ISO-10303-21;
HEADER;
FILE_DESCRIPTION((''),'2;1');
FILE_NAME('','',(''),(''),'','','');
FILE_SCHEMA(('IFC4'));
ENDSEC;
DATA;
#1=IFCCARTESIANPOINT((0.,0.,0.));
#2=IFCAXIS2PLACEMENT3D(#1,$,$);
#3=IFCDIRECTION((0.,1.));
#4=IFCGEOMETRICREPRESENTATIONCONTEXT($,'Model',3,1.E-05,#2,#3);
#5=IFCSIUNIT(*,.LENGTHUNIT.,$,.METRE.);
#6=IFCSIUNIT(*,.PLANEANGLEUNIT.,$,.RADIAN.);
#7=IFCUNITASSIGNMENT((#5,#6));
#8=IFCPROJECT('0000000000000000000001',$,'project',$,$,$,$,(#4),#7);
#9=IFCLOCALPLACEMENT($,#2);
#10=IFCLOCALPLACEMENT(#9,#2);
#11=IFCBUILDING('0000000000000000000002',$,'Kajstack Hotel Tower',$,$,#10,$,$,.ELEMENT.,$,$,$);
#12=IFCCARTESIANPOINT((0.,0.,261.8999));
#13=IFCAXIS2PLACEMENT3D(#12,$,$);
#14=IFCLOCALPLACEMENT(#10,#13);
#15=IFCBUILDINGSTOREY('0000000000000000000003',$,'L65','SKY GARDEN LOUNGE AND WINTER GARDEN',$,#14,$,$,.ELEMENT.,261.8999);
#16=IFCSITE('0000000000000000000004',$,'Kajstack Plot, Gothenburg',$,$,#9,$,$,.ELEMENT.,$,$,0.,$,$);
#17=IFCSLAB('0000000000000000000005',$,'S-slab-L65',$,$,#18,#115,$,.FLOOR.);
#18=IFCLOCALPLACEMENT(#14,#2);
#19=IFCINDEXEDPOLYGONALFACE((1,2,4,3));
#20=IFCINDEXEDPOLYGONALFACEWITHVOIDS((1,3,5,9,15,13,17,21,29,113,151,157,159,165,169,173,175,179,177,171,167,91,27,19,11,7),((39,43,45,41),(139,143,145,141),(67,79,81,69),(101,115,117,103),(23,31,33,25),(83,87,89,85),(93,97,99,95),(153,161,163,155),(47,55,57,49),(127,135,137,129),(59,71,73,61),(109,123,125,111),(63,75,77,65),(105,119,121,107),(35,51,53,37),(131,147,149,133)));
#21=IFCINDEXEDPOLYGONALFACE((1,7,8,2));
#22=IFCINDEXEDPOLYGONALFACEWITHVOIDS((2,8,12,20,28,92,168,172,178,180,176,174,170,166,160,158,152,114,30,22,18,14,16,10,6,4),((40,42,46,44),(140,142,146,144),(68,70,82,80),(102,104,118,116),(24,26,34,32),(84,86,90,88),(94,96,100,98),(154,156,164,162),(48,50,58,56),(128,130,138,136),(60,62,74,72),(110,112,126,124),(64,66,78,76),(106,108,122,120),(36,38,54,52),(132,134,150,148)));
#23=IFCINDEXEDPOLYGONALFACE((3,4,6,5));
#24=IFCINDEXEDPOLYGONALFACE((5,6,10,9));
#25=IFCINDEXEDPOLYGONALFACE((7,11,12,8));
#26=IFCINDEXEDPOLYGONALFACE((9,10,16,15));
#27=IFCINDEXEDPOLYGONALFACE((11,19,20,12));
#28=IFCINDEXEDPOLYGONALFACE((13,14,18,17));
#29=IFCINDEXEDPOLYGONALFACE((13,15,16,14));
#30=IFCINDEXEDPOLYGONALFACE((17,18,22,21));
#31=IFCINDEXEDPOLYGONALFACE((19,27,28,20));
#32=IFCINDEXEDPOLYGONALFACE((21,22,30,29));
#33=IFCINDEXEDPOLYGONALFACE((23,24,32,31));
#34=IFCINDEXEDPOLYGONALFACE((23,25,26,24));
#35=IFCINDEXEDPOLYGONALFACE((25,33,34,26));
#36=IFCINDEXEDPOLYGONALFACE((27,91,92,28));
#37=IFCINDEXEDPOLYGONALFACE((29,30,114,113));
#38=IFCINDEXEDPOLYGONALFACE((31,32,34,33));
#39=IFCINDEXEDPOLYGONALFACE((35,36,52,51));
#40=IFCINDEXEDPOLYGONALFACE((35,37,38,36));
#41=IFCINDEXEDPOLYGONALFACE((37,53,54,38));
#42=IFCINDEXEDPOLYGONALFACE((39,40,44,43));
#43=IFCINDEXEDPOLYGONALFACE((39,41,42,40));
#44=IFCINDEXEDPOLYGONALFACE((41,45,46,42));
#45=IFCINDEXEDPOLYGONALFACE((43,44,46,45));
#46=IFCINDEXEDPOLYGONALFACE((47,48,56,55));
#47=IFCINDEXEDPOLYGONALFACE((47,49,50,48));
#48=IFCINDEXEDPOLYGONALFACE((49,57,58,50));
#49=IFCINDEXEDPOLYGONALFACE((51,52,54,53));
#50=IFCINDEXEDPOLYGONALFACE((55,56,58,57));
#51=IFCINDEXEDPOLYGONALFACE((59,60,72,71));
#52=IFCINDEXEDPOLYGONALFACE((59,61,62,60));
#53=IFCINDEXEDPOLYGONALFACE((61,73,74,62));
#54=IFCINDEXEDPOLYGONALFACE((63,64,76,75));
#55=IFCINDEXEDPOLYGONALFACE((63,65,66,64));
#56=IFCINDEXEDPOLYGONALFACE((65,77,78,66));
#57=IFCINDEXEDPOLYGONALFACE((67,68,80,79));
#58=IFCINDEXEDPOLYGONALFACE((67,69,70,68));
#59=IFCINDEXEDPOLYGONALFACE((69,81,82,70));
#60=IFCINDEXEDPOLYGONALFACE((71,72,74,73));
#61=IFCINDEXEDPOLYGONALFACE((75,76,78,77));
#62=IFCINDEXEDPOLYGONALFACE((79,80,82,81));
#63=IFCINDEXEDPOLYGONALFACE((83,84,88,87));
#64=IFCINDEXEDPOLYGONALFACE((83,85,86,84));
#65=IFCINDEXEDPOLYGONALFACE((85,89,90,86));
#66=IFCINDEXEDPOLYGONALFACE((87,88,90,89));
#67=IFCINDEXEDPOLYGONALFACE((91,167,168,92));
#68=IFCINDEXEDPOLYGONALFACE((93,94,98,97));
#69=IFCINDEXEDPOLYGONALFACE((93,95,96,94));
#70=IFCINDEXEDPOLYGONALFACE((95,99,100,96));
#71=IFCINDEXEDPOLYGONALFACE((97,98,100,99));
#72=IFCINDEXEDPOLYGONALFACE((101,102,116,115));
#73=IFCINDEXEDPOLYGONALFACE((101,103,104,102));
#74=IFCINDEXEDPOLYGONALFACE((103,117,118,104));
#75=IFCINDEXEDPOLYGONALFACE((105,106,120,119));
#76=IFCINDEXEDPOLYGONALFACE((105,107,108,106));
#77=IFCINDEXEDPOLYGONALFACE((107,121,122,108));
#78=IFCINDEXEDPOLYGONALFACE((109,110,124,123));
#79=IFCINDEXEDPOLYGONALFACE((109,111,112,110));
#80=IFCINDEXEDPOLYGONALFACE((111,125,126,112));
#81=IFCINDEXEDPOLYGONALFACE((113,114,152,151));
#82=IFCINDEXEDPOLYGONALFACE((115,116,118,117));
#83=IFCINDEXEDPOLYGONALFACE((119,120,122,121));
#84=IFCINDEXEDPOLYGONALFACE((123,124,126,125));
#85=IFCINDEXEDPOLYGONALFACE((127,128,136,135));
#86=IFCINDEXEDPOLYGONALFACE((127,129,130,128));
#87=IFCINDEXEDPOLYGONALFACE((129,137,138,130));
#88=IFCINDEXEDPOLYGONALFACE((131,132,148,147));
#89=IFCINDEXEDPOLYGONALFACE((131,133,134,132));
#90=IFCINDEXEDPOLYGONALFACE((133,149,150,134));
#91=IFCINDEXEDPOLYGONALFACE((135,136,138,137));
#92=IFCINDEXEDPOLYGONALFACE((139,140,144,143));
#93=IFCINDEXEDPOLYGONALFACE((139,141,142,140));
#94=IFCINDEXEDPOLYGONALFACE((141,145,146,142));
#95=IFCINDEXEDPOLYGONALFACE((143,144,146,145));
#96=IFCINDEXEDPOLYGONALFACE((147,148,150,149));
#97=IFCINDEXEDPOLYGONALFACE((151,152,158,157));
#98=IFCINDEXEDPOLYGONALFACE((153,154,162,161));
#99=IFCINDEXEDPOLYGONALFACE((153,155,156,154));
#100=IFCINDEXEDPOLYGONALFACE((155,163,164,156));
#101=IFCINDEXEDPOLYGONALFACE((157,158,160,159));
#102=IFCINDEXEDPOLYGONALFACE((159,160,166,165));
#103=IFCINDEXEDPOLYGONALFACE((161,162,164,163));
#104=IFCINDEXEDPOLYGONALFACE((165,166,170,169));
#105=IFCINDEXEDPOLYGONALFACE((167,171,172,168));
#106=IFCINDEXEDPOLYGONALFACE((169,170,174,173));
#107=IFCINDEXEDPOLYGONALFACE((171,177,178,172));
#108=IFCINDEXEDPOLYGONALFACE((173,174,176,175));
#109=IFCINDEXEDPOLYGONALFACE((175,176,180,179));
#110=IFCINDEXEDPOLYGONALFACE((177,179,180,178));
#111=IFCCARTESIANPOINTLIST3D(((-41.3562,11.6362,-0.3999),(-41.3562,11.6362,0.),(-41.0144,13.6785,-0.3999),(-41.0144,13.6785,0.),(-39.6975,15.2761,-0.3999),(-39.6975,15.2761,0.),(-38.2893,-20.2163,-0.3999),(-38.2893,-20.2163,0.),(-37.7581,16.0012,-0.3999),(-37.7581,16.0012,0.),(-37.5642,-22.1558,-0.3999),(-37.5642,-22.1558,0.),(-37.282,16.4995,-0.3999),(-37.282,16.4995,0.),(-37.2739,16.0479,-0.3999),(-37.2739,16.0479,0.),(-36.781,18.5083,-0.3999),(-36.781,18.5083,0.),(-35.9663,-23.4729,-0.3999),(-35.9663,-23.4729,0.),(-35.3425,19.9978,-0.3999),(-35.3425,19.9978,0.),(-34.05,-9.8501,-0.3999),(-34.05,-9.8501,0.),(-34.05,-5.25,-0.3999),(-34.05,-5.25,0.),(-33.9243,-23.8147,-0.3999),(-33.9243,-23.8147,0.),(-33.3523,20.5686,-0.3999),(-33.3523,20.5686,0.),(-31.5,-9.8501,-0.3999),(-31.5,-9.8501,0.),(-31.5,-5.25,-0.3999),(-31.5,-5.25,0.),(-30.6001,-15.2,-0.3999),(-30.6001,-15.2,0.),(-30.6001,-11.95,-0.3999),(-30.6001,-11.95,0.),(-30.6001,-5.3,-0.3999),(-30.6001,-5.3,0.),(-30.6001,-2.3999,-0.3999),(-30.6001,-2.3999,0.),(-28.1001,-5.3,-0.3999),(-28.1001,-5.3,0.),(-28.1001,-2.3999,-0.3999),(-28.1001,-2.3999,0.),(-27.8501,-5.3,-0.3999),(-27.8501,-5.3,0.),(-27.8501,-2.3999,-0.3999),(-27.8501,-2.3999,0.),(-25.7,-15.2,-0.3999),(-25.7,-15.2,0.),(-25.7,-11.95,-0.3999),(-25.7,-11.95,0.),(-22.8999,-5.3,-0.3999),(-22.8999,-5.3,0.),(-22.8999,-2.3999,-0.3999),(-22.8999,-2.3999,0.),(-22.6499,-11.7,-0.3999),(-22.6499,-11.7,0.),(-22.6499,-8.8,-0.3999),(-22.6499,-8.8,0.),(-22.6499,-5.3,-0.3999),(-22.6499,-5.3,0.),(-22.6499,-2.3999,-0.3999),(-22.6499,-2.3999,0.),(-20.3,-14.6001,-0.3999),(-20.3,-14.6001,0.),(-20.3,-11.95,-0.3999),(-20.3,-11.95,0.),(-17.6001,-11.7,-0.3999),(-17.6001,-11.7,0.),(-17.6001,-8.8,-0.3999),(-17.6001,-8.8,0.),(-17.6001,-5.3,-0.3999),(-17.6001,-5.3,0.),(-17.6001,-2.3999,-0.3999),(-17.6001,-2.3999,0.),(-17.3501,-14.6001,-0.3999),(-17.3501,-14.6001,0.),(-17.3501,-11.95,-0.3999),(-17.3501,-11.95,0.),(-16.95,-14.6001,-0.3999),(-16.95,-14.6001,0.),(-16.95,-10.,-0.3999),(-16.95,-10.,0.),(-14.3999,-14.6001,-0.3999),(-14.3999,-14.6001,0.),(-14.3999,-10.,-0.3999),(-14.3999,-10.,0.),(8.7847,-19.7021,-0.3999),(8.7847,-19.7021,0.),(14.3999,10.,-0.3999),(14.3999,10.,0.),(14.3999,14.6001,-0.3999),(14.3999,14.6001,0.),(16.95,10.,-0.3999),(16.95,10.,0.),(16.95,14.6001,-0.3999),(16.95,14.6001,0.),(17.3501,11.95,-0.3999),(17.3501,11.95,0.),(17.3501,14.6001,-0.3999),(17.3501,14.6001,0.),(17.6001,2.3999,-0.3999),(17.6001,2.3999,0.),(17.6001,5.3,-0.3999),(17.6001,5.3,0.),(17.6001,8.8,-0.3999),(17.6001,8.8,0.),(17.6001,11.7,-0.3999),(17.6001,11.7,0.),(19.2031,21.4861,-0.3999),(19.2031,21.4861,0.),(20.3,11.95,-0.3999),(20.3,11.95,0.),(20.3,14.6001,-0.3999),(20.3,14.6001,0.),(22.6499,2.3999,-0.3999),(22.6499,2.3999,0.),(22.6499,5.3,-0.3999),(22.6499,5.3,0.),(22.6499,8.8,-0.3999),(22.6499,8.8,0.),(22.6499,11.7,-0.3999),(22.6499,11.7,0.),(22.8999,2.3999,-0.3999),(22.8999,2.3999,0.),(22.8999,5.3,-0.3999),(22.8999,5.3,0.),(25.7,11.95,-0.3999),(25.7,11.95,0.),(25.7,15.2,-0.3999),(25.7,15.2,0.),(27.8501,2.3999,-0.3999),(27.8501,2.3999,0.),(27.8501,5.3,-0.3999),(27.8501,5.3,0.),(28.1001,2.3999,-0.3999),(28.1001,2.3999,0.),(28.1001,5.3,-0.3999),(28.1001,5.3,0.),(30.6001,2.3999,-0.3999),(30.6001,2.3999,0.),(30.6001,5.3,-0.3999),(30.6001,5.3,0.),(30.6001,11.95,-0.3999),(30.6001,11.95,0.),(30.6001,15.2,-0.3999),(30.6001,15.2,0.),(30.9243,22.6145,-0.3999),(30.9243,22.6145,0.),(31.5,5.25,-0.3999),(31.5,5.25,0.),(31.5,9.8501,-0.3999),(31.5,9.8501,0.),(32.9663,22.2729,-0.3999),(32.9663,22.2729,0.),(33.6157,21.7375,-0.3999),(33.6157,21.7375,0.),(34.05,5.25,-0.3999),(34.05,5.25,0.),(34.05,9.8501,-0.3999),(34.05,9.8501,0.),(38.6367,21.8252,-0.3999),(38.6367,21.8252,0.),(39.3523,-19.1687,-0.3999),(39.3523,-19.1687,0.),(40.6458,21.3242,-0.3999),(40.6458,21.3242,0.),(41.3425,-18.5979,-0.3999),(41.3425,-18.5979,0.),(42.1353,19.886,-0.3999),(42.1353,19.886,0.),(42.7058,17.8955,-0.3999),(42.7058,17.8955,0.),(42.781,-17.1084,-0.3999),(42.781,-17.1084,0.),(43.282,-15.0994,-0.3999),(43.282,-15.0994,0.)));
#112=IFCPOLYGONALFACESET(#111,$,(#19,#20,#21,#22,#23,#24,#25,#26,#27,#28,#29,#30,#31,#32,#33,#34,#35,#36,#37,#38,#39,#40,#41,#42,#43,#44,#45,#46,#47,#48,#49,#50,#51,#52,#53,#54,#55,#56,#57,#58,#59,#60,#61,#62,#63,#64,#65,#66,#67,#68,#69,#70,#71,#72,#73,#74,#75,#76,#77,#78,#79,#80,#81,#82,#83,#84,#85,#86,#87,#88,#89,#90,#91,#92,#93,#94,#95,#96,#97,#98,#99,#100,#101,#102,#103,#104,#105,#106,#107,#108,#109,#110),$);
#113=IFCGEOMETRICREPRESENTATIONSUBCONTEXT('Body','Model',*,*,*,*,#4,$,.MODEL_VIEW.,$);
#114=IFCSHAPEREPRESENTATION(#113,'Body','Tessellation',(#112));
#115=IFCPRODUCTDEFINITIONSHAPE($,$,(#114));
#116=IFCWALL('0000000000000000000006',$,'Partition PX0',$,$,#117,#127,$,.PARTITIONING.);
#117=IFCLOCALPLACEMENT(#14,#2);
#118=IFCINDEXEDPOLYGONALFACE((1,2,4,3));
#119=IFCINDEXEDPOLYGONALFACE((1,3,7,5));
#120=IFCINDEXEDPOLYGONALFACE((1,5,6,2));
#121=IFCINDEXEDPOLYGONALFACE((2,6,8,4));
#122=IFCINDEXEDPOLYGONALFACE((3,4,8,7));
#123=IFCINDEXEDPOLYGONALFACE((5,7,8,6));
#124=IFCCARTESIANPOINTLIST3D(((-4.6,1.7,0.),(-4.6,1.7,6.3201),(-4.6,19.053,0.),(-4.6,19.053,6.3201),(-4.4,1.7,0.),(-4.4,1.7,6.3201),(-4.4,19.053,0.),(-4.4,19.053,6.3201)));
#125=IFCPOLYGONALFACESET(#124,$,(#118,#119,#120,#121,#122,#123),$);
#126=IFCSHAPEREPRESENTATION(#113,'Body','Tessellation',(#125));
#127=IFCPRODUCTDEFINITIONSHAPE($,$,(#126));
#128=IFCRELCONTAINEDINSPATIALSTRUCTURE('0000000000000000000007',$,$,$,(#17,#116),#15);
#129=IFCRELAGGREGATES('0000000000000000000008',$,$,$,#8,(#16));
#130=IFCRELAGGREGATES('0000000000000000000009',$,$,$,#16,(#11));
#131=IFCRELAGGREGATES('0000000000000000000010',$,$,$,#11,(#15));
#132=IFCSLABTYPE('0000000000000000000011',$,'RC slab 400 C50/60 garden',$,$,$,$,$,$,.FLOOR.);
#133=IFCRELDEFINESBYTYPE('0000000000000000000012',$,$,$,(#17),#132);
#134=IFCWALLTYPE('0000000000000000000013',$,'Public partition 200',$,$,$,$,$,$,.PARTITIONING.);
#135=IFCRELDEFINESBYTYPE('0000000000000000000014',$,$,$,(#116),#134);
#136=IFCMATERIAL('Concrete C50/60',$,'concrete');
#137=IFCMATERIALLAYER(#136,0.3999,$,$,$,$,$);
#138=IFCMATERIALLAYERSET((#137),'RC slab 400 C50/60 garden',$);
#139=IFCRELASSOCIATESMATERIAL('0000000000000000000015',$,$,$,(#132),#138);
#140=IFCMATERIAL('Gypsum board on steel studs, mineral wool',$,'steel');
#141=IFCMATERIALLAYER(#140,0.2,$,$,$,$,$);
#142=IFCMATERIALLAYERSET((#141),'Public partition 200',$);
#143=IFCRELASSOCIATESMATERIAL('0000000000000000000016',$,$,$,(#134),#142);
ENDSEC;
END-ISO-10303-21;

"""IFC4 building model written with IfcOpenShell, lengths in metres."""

from ifc_helpers import new_model, si_unit, direction, frame, frame_2d, origin, place, context, subcontext, project, spatial, polyline, rectangle, outline, extrude, material, layer, layer_set, type_object, element, save


model = new_model("IFC4")

# Units and contexts
model_context = context("Model", 3, precision=1e-05, world=origin(), true_north=direction((0.0, 1.0)))
body_context = subcontext(model_context, "Body", "Model", "MODEL_VIEW")
ifc_project = project(units=[si_unit("LENGTHUNIT", "METRE"), si_unit("PLANEANGLEUNIT", "RADIAN")], contexts=[model_context])

# Site, building, storey
site_placement = place(None, origin())
site = spatial("IfcSite", under=ifc_project, at=site_placement, Name="Kajstack Plot, Gothenburg", CompositionType="ELEMENT", RefElevation=0.0)
building_placement = place(site_placement, origin())
building = spatial("IfcBuilding", under=site, at=building_placement, Name="Kajstack Hotel Tower", CompositionType="ELEMENT")
storey_placement = place(building_placement, frame((0.0, 0.0, 261.8999)))
storey = spatial("IfcBuildingStorey", under=building, at=storey_placement, Name="L65", Description="SKY GARDEN LOUNGE AND WINTER GARDEN", CompositionType="ELEMENT", Elevation=261.8999)

# Slab
ifc_material_1 = material(Name="Concrete C50/60", Category="concrete")
ifc_layer_1 = layer(ifc_material_1, 0.3999)
ifc_layer_set_1 = layer_set([ifc_layer_1], Name="RC slab 400 C50/60 garden")
slab_type = type_object("IfcSlabType", Name="RC slab 400 C50/60 garden", PredefinedType="FLOOR", material=ifc_layer_set_1)
slab_placement = place(storey_placement, frame((0.0, 0.0, -0.3999)))
element("IfcSlab", 1, at=slab_placement, inside=storey, type_object=slab_type, Name="S-slab-L65", PredefinedType="FLOOR", context=body_context, shape_type="SweptSolid", body=[
    extrude(outline(polyline([(-33.9243, -23.8147), (-35.9663, -23.4729), (-37.5642, -22.1558), (-38.2893, -20.2163), (-41.3562, 11.6362), (-41.0144, 13.6785), (-39.6975, 15.2761), (-37.7581, 16.0012), (-37.2739, 16.0479), (-37.282, 16.4995), (-36.781, 18.5083), (-35.3425, 19.9978), (-33.3523, 20.5686), (19.2031, 21.4861), (30.9243, 22.6145), (32.9663, 22.2729), (33.6157, 21.7375), (38.6367, 21.8252), (40.6458, 21.3242), (42.1353, 19.886), (42.7058, 17.8955), (43.282, -15.0994), (42.781, -17.1084), (41.3425, -18.5979), (39.3523, -19.1687), (8.7847, -19.7021), (-33.9243, -23.8147)]), holes=[polyline([(-22.6499, -11.7), (-22.6499, -8.8), (-17.6001, -8.8), (-17.6001, -11.7), (-22.6499, -11.7)]), polyline([(-27.8501, -5.3), (-27.8501, -2.3999), (-22.8999, -2.3999), (-22.8999, -5.3), (-27.8501, -5.3)]), polyline([(-22.6499, -5.3), (-22.6499, -2.3999), (-17.6001, -2.3999), (-17.6001, -5.3), (-22.6499, -5.3)]), polyline([(-20.3, -14.6001), (-17.3501, -14.6001), (-17.3501, -11.95), (-20.3, -11.95), (-20.3, -14.6001)]), polyline([(-30.6001, -5.3), (-28.1001, -5.3), (-28.1001, -2.3999), (-30.6001, -2.3999), (-30.6001, -5.3)]), polyline([(17.6001, 8.8), (17.6001, 11.7), (22.6499, 11.7), (22.6499, 8.8), (17.6001, 8.8)]), polyline([(22.8999, 2.3999), (22.8999, 5.3), (27.8501, 5.3), (27.8501, 2.3999), (22.8999, 2.3999)]), polyline([(17.6001, 2.3999), (17.6001, 5.3), (22.6499, 5.3), (22.6499, 2.3999), (17.6001, 2.3999)]), polyline([(20.3, 14.6001), (17.3501, 14.6001), (17.3501, 11.95), (20.3, 11.95), (20.3, 14.6001)]), polyline([(30.6001, 5.3), (28.1001, 5.3), (28.1001, 2.3999), (30.6001, 2.3999), (30.6001, 5.3)]), polyline([(-34.05, -9.8501), (-31.5, -9.8501), (-31.5, -5.25), (-34.05, -5.25), (-34.05, -9.8501)]), polyline([(-16.95, -14.6001), (-14.3999, -14.6001), (-14.3999, -10.0), (-16.95, -10.0), (-16.95, -14.6001)]), polyline([(-30.6001, -15.2), (-25.7, -15.2), (-25.7, -11.95), (-30.6001, -11.95), (-30.6001, -15.2)]), polyline([(34.05, 9.8501), (31.5, 9.8501), (31.5, 5.25), (34.05, 5.25), (34.05, 9.8501)]), polyline([(16.95, 14.6001), (14.3999, 14.6001), (14.3999, 10.0), (16.95, 10.0), (16.95, 14.6001)]), polyline([(30.6001, 15.2), (25.7, 15.2), (25.7, 11.95), (30.6001, 11.95), (30.6001, 15.2)])]), origin(), (0.0, 0.0, 1.0), 0.3999),
])

# Wall
ifc_material_2 = material(Name="Gypsum board on steel studs, mineral wool", Category="steel")
ifc_layer_2 = layer(ifc_material_2, 0.2)
ifc_layer_set_2 = layer_set([ifc_layer_2], Name="Public partition 200")
wall_type = type_object("IfcWallType", Name="Public partition 200", PredefinedType="PARTITIONING", material=ifc_layer_set_2)
wall_1_placement = place(storey_placement, frame((-4.5, 1.7, 0.0), z_axis=(0.0, 0.0, 1.0), x_axis=(0.0, 1.0, 0.0)))
element("IfcWall", 2, at=wall_1_placement, inside=storey, type_object=wall_type, Name="Partition PX0", PredefinedType="PARTITIONING", context=body_context, shape_type="SweptSolid", body=[
    extrude(rectangle(XDim=17.353, YDim=0.2, at=frame_2d((8.6765, 0.0))), origin(), (0.0, 0.0, 1.0), 6.3201),
])

save(model, "model.ifc")
